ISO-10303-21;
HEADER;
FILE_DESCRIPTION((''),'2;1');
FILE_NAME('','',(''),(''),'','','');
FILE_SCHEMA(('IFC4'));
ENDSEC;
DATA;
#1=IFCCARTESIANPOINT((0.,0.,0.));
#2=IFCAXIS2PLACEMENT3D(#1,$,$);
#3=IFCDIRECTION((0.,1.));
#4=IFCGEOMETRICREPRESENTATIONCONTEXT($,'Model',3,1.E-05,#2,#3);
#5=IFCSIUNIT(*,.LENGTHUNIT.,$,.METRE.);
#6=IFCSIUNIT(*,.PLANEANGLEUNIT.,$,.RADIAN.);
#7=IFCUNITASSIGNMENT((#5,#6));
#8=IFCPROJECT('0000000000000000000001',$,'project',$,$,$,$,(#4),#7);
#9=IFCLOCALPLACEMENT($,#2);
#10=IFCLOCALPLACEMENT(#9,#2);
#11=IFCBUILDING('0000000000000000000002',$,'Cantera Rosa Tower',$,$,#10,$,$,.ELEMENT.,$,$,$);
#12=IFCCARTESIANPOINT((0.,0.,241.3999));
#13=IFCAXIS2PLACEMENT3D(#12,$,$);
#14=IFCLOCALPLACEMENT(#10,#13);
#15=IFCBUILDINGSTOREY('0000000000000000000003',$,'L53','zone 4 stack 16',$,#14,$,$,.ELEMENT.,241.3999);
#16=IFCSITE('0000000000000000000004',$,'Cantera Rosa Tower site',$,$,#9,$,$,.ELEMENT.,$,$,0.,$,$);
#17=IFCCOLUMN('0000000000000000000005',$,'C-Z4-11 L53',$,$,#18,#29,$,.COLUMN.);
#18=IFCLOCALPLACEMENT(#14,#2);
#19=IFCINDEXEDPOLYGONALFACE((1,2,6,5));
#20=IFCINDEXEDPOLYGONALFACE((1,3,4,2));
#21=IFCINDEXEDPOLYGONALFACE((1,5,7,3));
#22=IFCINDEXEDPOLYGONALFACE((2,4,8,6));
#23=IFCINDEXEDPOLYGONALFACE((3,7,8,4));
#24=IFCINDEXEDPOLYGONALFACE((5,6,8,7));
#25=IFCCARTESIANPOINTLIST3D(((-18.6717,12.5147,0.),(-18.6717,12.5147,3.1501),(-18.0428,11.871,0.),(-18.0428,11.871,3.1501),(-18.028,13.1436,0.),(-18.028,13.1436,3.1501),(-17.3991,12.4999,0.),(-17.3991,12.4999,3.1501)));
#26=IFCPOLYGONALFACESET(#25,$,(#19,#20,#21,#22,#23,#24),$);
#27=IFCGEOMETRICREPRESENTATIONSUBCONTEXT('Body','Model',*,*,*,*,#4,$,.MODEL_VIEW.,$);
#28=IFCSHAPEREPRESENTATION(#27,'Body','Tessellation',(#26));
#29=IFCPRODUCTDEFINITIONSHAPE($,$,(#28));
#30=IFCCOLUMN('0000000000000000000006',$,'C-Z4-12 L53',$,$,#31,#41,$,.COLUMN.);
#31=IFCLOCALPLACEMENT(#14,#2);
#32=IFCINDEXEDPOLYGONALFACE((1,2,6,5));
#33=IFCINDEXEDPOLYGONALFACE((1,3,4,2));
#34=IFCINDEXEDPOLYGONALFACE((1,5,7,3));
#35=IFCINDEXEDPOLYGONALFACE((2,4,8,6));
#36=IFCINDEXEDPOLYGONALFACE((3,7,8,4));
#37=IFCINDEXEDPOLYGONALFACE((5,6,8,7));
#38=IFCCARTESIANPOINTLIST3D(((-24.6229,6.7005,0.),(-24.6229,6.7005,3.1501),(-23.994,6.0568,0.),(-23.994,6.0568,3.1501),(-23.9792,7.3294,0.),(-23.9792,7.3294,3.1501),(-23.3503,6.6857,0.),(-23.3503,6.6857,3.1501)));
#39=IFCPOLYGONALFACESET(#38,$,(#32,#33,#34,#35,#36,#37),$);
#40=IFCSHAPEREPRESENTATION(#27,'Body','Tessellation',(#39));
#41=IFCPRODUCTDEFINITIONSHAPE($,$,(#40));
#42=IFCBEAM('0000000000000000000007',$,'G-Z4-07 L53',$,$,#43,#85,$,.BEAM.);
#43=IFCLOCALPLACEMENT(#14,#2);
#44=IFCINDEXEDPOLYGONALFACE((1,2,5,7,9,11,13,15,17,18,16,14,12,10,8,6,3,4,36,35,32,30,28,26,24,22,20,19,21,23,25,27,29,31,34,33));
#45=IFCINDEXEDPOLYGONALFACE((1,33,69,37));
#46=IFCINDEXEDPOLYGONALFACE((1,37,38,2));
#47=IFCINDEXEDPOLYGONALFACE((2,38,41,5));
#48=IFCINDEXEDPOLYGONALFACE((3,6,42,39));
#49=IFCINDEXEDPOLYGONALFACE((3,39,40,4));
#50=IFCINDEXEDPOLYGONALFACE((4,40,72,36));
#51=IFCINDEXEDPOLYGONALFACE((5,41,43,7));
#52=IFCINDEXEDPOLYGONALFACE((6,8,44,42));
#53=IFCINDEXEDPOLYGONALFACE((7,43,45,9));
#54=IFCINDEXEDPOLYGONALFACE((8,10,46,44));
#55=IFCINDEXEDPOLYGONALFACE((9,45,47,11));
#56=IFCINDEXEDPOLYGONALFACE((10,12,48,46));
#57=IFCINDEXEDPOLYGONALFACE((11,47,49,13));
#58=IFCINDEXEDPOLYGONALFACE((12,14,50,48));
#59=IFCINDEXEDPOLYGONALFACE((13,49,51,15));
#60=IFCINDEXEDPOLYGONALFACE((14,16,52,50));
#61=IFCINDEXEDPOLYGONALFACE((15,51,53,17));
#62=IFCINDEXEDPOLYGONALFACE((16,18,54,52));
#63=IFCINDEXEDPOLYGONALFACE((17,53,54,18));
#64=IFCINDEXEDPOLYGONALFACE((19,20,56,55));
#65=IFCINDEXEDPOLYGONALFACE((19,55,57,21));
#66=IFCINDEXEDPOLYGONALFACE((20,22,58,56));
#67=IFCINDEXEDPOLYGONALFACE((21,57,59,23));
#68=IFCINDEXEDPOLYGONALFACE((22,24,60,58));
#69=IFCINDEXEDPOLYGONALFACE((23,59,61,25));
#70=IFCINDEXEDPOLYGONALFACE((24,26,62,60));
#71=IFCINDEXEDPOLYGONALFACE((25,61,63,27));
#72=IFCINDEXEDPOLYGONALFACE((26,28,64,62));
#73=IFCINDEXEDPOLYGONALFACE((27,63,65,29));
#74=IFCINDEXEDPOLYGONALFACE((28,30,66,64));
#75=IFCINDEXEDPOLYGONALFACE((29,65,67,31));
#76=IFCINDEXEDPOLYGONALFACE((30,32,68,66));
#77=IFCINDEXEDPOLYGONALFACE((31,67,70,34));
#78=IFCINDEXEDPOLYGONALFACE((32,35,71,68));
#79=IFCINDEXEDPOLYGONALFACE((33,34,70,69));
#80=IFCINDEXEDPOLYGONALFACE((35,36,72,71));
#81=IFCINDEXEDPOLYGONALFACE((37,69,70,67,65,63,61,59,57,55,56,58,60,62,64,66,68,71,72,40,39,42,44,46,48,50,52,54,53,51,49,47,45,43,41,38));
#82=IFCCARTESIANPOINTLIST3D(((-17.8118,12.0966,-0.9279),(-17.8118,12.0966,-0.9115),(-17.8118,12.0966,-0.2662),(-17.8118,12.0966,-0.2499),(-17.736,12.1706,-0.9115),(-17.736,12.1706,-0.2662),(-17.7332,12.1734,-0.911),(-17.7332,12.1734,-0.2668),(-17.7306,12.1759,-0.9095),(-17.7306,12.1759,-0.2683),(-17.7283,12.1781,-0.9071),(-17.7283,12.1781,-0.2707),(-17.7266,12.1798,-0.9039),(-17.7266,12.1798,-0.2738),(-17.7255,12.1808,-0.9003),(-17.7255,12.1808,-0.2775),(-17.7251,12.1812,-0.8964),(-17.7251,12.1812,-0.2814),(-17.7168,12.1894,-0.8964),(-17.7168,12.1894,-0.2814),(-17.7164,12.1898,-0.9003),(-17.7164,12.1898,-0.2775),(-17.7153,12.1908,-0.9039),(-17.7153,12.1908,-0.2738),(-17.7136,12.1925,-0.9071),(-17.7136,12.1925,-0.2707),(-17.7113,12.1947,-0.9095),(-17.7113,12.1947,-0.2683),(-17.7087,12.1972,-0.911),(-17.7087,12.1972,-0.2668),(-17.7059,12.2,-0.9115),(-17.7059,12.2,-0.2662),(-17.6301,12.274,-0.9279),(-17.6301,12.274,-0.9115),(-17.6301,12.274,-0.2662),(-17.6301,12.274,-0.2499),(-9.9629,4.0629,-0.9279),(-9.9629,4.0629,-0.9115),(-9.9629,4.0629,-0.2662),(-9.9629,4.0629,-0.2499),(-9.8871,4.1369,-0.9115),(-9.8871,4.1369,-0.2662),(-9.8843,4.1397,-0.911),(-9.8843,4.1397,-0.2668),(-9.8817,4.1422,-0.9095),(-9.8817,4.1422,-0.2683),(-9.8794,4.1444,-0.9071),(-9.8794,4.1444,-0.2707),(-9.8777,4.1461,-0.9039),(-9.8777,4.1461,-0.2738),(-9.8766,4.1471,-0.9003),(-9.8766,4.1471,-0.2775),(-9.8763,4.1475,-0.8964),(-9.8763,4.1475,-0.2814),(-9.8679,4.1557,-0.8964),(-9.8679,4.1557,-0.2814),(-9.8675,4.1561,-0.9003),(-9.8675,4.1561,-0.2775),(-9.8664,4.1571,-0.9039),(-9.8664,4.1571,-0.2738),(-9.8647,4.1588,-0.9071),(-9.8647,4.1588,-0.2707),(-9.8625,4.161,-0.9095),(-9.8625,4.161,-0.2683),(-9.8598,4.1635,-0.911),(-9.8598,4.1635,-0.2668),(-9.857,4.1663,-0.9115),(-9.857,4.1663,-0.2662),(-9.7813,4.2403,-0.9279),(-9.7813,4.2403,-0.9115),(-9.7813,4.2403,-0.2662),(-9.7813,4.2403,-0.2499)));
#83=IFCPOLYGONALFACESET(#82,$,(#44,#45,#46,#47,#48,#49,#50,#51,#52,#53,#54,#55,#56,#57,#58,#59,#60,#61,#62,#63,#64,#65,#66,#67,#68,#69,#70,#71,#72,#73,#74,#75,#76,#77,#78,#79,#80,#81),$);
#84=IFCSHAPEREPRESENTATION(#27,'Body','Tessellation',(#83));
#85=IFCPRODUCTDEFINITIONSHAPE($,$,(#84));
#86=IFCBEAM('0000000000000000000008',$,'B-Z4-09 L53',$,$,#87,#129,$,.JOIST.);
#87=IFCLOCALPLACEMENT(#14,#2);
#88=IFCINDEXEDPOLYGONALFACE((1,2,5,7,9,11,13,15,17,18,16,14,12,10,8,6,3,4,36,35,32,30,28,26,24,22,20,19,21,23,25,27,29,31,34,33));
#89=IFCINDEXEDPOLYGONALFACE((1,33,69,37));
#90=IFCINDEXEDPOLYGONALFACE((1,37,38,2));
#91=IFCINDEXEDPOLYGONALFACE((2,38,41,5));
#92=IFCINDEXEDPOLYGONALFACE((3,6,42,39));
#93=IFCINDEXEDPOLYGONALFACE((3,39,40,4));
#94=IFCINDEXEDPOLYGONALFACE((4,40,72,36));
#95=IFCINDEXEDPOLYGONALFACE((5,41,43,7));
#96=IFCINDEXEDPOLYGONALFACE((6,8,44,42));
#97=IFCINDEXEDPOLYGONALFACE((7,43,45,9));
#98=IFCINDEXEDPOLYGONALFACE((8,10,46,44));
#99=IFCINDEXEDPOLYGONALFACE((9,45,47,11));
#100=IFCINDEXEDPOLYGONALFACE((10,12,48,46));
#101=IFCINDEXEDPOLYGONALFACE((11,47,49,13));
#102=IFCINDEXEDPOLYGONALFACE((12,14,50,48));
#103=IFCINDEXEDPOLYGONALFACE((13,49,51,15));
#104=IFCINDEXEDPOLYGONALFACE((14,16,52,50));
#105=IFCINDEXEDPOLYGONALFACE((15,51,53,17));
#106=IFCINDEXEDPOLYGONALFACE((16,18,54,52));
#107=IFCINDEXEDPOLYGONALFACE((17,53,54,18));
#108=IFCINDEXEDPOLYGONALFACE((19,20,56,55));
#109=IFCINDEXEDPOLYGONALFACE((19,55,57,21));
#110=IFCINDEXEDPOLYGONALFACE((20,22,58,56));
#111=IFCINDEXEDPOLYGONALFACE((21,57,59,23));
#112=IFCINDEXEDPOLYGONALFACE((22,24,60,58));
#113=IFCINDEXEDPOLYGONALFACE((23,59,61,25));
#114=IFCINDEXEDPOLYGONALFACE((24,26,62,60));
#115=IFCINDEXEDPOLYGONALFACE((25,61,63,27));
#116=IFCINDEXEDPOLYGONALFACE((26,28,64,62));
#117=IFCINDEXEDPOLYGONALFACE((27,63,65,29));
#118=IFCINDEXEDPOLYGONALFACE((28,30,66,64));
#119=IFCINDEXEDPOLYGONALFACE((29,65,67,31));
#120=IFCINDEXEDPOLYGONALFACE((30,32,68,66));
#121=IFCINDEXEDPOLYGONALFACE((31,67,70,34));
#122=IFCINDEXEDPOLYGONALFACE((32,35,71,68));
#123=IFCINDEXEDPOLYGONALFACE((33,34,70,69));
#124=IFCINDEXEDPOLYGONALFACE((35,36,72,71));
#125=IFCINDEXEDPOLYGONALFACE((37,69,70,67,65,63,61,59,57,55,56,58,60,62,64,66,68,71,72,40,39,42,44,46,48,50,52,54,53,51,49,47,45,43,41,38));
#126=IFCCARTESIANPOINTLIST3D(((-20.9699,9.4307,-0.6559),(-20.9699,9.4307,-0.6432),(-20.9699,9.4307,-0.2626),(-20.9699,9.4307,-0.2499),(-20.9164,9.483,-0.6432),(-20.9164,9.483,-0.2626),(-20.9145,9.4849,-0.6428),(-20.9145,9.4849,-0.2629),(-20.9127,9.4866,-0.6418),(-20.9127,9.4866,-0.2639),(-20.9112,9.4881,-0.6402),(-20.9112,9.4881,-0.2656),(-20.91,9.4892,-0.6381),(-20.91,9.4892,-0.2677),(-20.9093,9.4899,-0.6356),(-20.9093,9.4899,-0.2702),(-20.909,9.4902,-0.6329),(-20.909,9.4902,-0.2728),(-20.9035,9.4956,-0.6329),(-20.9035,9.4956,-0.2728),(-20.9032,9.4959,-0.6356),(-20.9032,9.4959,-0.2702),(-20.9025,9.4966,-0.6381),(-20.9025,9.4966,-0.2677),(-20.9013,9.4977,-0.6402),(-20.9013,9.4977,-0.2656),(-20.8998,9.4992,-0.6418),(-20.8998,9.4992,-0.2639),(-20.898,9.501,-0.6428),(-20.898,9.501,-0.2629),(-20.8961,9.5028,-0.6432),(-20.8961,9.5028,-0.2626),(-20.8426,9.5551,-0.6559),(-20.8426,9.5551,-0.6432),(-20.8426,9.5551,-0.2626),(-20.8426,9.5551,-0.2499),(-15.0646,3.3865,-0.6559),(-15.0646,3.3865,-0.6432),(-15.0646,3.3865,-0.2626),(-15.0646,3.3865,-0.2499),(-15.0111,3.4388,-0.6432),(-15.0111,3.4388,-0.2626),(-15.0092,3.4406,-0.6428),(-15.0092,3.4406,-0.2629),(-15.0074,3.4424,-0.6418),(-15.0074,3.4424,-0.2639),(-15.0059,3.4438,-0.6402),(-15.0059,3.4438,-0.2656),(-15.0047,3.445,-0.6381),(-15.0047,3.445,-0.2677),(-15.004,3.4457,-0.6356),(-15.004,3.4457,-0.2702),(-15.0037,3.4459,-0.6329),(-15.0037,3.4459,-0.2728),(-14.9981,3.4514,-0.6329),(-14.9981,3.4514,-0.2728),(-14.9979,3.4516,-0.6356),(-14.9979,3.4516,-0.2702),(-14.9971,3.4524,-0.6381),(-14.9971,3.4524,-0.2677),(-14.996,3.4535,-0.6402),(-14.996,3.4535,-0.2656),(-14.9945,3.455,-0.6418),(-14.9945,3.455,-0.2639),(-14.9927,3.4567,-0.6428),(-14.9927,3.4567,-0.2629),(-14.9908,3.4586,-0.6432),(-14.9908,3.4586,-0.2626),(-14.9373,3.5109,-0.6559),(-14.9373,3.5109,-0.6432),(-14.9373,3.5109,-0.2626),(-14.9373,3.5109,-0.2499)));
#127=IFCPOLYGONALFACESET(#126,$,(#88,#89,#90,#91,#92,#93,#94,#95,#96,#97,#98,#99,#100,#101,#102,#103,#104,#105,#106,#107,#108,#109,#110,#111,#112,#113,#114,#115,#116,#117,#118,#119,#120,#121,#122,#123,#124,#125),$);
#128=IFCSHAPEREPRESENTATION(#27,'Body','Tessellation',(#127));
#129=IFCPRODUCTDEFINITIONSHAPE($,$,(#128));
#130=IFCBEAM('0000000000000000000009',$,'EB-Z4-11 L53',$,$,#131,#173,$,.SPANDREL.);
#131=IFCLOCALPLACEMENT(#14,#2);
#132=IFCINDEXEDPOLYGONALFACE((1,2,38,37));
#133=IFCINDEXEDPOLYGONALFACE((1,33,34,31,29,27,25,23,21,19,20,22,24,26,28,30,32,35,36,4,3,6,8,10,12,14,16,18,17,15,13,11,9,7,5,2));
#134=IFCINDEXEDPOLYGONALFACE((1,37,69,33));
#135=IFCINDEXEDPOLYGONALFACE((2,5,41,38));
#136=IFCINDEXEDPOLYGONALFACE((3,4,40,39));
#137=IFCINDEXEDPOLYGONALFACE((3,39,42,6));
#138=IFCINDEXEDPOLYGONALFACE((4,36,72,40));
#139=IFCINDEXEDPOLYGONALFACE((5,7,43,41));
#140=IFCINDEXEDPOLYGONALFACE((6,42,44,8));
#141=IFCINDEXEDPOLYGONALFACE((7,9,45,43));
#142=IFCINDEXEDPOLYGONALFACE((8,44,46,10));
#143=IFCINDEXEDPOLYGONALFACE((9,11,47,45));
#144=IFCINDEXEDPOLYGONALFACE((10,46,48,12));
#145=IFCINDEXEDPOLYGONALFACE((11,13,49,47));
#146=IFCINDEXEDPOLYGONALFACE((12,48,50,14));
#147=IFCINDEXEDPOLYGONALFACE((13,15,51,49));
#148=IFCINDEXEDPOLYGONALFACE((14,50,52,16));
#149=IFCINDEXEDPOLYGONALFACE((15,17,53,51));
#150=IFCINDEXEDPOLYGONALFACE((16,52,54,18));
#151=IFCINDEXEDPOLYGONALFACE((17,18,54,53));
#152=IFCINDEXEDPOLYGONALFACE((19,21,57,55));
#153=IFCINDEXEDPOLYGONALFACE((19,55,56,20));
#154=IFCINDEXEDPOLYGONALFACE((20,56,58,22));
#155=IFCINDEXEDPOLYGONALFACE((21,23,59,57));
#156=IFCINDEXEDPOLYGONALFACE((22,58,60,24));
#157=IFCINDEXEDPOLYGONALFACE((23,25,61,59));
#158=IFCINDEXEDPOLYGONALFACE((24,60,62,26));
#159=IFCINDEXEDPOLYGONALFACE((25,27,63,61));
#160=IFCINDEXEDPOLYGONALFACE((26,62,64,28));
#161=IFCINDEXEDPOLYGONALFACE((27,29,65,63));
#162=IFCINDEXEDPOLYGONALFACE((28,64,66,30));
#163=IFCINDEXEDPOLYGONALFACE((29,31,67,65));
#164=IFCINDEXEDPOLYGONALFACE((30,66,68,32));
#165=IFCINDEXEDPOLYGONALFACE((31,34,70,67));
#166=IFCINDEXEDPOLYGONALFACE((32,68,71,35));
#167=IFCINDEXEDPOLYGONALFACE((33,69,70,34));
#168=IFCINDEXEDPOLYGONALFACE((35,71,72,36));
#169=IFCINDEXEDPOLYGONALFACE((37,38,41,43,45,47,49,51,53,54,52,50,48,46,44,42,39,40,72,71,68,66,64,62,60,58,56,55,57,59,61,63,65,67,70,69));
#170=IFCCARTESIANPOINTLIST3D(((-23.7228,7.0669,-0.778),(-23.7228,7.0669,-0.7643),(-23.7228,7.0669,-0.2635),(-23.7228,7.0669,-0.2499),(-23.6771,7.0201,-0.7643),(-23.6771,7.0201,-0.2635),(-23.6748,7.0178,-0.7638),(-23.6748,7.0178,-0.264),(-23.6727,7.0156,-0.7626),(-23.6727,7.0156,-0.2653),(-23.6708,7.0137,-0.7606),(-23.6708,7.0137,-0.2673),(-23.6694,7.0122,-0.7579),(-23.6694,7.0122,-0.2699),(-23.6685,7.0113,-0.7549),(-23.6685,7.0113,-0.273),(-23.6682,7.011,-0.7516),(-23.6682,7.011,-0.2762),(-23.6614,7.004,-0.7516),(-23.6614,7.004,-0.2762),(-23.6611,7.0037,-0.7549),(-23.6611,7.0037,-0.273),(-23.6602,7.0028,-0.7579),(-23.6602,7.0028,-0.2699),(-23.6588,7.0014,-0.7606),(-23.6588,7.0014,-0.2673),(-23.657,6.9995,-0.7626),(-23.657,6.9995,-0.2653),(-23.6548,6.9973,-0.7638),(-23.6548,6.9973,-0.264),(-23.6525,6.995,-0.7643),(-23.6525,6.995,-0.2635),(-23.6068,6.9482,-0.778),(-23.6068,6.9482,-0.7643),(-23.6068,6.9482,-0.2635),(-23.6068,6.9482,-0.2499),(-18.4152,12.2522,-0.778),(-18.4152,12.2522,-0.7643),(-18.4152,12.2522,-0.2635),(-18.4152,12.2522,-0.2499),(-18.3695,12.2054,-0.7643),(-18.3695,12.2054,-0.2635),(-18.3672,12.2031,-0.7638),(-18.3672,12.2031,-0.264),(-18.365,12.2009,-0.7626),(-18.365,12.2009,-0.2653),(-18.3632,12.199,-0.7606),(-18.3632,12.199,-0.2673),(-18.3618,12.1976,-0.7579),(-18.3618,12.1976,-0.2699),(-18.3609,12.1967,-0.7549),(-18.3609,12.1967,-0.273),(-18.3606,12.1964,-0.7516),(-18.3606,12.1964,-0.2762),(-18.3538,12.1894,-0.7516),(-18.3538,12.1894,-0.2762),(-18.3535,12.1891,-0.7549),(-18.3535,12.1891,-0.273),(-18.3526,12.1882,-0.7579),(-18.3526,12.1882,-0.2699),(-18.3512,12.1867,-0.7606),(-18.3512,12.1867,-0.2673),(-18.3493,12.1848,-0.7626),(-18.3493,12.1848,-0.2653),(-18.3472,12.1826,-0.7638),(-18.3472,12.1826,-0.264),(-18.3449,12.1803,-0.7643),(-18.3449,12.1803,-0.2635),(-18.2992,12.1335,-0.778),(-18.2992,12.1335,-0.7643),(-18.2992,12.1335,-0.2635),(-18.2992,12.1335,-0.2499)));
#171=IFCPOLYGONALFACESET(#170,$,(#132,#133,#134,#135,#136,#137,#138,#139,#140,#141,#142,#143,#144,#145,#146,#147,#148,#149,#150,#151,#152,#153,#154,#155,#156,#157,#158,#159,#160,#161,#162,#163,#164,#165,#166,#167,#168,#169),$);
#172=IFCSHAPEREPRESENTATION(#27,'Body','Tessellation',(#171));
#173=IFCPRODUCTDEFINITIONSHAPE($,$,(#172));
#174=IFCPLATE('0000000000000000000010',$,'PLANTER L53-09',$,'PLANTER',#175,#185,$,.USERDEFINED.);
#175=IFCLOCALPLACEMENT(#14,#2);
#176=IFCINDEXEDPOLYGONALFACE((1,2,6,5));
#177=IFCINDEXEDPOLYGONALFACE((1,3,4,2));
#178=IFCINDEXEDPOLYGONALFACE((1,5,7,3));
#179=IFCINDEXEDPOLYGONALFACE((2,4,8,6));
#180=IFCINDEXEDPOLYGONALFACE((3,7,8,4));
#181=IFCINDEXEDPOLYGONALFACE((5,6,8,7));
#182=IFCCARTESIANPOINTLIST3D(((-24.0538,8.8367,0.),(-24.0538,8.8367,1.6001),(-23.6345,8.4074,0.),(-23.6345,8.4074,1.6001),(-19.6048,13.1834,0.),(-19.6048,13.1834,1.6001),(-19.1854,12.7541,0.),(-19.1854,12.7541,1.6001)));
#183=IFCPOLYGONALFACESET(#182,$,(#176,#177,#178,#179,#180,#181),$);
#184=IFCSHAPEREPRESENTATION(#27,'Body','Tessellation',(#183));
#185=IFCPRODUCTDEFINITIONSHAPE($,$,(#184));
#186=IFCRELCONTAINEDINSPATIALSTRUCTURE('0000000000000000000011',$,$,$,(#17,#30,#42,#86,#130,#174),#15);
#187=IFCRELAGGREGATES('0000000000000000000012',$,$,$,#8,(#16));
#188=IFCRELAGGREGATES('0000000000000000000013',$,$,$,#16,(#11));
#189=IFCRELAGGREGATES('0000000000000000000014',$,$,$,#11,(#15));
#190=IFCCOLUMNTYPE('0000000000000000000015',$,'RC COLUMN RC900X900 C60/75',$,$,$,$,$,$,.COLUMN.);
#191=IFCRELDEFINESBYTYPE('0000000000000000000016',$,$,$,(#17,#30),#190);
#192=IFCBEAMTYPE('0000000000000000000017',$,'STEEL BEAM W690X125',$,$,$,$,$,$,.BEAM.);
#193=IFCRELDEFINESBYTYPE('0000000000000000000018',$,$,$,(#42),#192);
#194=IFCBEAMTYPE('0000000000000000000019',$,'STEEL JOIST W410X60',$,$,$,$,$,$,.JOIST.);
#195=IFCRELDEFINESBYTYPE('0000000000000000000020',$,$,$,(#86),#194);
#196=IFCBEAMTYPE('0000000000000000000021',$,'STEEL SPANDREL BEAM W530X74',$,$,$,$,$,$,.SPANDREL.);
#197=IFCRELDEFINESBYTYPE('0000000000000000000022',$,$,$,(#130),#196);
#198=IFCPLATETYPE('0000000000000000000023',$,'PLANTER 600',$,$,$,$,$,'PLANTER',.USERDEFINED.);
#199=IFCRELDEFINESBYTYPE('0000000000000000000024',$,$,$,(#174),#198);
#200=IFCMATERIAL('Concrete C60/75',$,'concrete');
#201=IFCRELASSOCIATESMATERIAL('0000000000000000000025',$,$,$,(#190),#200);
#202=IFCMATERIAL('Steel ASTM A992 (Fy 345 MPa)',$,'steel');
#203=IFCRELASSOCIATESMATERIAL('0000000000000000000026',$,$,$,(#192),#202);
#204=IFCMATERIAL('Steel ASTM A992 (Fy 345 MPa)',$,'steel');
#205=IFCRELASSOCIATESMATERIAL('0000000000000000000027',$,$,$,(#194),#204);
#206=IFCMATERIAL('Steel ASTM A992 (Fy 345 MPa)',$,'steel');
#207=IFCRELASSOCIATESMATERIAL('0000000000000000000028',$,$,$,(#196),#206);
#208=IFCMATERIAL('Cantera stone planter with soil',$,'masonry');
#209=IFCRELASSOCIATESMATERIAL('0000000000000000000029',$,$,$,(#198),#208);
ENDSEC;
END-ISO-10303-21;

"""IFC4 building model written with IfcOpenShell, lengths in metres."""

from ifc_helpers import new_model, si_unit, direction, frame, origin, origin_2d, place, context, subcontext, project, spatial, rectangle, i_section, extrude, material, material_profile, profile_set, type_object, element, save


model = new_model("IFC4")

# Units and contexts
model_context = context("Model", 3, precision=1e-05, world=origin(), true_north=direction((0.0, 1.0)))
body_context = subcontext(model_context, "Body", "Model", "MODEL_VIEW")
ifc_project = project(units=[si_unit("LENGTHUNIT", "METRE"), si_unit("PLANEANGLEUNIT", "RADIAN")], contexts=[model_context])

# Site, building, storey
site_placement = place(None, origin())
site = spatial("IfcSite", under=ifc_project, at=site_placement, Name="Cantera Rosa Tower site", CompositionType="ELEMENT", RefElevation=0.0)
building_placement = place(site_placement, origin())
building = spatial("IfcBuilding", under=site, at=building_placement, Name="Cantera Rosa Tower", CompositionType="ELEMENT")
storey_placement = place(building_placement, frame((0.0, 0.0, 241.3999)))
storey = spatial("IfcBuildingStorey", under=building, at=storey_placement, Name="L53", Description="zone 4 stack 16", CompositionType="ELEMENT", Elevation=241.3999)

# Columns
ifc_material_1 = material(Name="Concrete C60/75", Category="concrete")
ifc_material_profile_1 = material_profile(ifc_material_1, rectangle(XDim=0.8999, YDim=0.8999, at=origin_2d()), Name="RC COLUMN RC900X900 C60/75")
ifc_profile_set_1 = profile_set([ifc_material_profile_1], Name="Concrete C60/75")
column_type = type_object("IfcColumnType", Name="RC COLUMN RC900X900 C60/75", PredefinedType="COLUMN", material=ifc_profile_set_1)
for number, where, z_axis, x_axis, name in (
    (1, (-18.0354, 12.5073, 0.0), (0.0, 0.0, 1.0), (0.715286, 0.698832, 0.0), "C-Z4-11 L53"),
    (2, (-23.9866, 6.6931, 0.0), (0.0, 0.0, 1.0), (0.715286, 0.698832, 0.0), "C-Z4-12 L53"),
):
    element("IfcColumn", number, at=place(storey_placement, frame(where, z_axis=z_axis, x_axis=x_axis)), inside=storey, type_object=column_type, Name=name, PredefinedType="COLUMN", context=body_context, shape_type="SweptSolid", body=[
        extrude(rectangle(XDim=0.8999, YDim=0.8999, at=origin_2d()), origin(), (0.0, 0.0, 1.0), 3.1501),
    ])

# Beams
ifc_material_2 = material(Name="Steel ASTM A992 (Fy 345 MPa)", Category="steel")
ifc_material_profile_2 = material_profile(ifc_material_2, i_section(OverallWidth=0.2539, OverallDepth=0.678, WebThickness=0.0117, FlangeThickness=0.0164, FilletRadius=0.0151, at=origin_2d()), Name="W690X125")
ifc_profile_set_2 = profile_set([ifc_material_profile_2], Name="Steel ASTM A992 (Fy 345 MPa)")
beam_type_1 = type_object("IfcBeamType", Name="STEEL BEAM W690X125", PredefinedType="BEAM", material=ifc_profile_set_2)
beam_1_placement = place(storey_placement, frame((-17.7209, 12.1853, -0.5889), z_axis=(0.698831, -0.715286, 0.0), x_axis=(0.715286, 0.698831, 0.0)))
element("IfcBeam", 3, at=beam_1_placement, inside=storey, type_object=beam_type_1, Name="G-Z4-07 L53", PredefinedType="BEAM", context=body_context, shape_type="SweptSolid", body=[
    extrude(i_section(OverallWidth=0.2539, OverallDepth=0.678, WebThickness=0.0117, FlangeThickness=0.0164, FilletRadius=0.0151, at=origin_2d()), origin(), (0.0, 0.0, 1.0), 11.2314),
])
ifc_material_3 = material(Name="Steel ASTM A992 (Fy 345 MPa)", Category="steel")
ifc_material_profile_3 = material_profile(ifc_material_3, i_section(OverallWidth=0.178, OverallDepth=0.406, WebThickness=0.0078, FlangeThickness=0.0127, FilletRadius=0.0103, at=origin_2d()), Name="W410X60")
ifc_profile_set_3 = profile_set([ifc_material_profile_3], Name="Steel ASTM A992 (Fy 345 MPa)")
beam_type_2 = type_object("IfcBeamType", Name="STEEL JOIST W410X60", PredefinedType="JOIST", material=ifc_profile_set_3)
beam_2_placement = place(storey_placement, frame((-20.9062, 9.4929, -0.4529), z_axis=(0.698839, -0.715279, 0.0), x_axis=(0.715279, 0.698839, 0.0)))
element("IfcBeam", 4, at=beam_2_placement, inside=storey, type_object=beam_type_2, Name="B-Z4-09 L53", PredefinedType="JOIST", context=body_context, shape_type="SweptSolid", body=[
    extrude(i_section(OverallWidth=0.178, OverallDepth=0.406, WebThickness=0.0078, FlangeThickness=0.0127, FilletRadius=0.0103, at=origin_2d()), origin(), (0.0, 0.0, 1.0), 8.4502),
])
ifc_material_4 = material(Name="Steel ASTM A992 (Fy 345 MPa)", Category="steel")
ifc_material_profile_4 = material_profile(ifc_material_4, i_section(OverallWidth=0.166, OverallDepth=0.5281, WebThickness=0.0098, FlangeThickness=0.0137, FilletRadius=0.0127, at=origin_2d()), Name="W530X74")
ifc_profile_set_4 = profile_set([ifc_material_profile_4], Name="Steel ASTM A992 (Fy 345 MPa)")
beam_type_3 = type_object("IfcBeamType", Name="STEEL SPANDREL BEAM W530X74", PredefinedType="SPANDREL", material=ifc_profile_set_4)
beam_3_placement = place(storey_placement, frame((-18.3572, 12.1929, -0.5139), z_axis=(-0.715301, -0.698817, 0.0), x_axis=(0.698817, -0.715301, 0.0)))
element("IfcBeam", 5, at=beam_3_placement, inside=storey, type_object=beam_type_3, Name="EB-Z4-11 L53", PredefinedType="SPANDREL", context=body_context, shape_type="SweptSolid", body=[
    extrude(i_section(OverallWidth=0.166, OverallDepth=0.5281, WebThickness=0.0098, FlangeThickness=0.0137, FilletRadius=0.0127, at=origin_2d()), origin(), (0.0, 0.0, 1.0), 7.4202),
])

# Plate
ifc_material_5 = material(Name="Cantera stone planter with soil", Category="masonry")
plate_type = type_object("IfcPlateType", Name="PLANTER 600", ElementType="PLANTER", PredefinedType="USERDEFINED", material=ifc_material_5)
plate_placement = place(storey_placement, frame((-21.6196, 10.7954, 0.0), z_axis=(0.0, 0.0, 1.0), x_axis=(-0.715286, -0.698832, 0.0)))
element("IfcPlate", 6, at=plate_placement, inside=storey, type_object=plate_type, Name="PLANTER L53-09", ObjectType="PLANTER", PredefinedType="USERDEFINED", context=body_context, shape_type="SweptSolid", body=[
    extrude(rectangle(XDim=6.22, YDim=0.6001, at=origin_2d()), origin(), (0.0, 0.0, 1.0), 1.6001),
])

save(model, "model.ifc")
